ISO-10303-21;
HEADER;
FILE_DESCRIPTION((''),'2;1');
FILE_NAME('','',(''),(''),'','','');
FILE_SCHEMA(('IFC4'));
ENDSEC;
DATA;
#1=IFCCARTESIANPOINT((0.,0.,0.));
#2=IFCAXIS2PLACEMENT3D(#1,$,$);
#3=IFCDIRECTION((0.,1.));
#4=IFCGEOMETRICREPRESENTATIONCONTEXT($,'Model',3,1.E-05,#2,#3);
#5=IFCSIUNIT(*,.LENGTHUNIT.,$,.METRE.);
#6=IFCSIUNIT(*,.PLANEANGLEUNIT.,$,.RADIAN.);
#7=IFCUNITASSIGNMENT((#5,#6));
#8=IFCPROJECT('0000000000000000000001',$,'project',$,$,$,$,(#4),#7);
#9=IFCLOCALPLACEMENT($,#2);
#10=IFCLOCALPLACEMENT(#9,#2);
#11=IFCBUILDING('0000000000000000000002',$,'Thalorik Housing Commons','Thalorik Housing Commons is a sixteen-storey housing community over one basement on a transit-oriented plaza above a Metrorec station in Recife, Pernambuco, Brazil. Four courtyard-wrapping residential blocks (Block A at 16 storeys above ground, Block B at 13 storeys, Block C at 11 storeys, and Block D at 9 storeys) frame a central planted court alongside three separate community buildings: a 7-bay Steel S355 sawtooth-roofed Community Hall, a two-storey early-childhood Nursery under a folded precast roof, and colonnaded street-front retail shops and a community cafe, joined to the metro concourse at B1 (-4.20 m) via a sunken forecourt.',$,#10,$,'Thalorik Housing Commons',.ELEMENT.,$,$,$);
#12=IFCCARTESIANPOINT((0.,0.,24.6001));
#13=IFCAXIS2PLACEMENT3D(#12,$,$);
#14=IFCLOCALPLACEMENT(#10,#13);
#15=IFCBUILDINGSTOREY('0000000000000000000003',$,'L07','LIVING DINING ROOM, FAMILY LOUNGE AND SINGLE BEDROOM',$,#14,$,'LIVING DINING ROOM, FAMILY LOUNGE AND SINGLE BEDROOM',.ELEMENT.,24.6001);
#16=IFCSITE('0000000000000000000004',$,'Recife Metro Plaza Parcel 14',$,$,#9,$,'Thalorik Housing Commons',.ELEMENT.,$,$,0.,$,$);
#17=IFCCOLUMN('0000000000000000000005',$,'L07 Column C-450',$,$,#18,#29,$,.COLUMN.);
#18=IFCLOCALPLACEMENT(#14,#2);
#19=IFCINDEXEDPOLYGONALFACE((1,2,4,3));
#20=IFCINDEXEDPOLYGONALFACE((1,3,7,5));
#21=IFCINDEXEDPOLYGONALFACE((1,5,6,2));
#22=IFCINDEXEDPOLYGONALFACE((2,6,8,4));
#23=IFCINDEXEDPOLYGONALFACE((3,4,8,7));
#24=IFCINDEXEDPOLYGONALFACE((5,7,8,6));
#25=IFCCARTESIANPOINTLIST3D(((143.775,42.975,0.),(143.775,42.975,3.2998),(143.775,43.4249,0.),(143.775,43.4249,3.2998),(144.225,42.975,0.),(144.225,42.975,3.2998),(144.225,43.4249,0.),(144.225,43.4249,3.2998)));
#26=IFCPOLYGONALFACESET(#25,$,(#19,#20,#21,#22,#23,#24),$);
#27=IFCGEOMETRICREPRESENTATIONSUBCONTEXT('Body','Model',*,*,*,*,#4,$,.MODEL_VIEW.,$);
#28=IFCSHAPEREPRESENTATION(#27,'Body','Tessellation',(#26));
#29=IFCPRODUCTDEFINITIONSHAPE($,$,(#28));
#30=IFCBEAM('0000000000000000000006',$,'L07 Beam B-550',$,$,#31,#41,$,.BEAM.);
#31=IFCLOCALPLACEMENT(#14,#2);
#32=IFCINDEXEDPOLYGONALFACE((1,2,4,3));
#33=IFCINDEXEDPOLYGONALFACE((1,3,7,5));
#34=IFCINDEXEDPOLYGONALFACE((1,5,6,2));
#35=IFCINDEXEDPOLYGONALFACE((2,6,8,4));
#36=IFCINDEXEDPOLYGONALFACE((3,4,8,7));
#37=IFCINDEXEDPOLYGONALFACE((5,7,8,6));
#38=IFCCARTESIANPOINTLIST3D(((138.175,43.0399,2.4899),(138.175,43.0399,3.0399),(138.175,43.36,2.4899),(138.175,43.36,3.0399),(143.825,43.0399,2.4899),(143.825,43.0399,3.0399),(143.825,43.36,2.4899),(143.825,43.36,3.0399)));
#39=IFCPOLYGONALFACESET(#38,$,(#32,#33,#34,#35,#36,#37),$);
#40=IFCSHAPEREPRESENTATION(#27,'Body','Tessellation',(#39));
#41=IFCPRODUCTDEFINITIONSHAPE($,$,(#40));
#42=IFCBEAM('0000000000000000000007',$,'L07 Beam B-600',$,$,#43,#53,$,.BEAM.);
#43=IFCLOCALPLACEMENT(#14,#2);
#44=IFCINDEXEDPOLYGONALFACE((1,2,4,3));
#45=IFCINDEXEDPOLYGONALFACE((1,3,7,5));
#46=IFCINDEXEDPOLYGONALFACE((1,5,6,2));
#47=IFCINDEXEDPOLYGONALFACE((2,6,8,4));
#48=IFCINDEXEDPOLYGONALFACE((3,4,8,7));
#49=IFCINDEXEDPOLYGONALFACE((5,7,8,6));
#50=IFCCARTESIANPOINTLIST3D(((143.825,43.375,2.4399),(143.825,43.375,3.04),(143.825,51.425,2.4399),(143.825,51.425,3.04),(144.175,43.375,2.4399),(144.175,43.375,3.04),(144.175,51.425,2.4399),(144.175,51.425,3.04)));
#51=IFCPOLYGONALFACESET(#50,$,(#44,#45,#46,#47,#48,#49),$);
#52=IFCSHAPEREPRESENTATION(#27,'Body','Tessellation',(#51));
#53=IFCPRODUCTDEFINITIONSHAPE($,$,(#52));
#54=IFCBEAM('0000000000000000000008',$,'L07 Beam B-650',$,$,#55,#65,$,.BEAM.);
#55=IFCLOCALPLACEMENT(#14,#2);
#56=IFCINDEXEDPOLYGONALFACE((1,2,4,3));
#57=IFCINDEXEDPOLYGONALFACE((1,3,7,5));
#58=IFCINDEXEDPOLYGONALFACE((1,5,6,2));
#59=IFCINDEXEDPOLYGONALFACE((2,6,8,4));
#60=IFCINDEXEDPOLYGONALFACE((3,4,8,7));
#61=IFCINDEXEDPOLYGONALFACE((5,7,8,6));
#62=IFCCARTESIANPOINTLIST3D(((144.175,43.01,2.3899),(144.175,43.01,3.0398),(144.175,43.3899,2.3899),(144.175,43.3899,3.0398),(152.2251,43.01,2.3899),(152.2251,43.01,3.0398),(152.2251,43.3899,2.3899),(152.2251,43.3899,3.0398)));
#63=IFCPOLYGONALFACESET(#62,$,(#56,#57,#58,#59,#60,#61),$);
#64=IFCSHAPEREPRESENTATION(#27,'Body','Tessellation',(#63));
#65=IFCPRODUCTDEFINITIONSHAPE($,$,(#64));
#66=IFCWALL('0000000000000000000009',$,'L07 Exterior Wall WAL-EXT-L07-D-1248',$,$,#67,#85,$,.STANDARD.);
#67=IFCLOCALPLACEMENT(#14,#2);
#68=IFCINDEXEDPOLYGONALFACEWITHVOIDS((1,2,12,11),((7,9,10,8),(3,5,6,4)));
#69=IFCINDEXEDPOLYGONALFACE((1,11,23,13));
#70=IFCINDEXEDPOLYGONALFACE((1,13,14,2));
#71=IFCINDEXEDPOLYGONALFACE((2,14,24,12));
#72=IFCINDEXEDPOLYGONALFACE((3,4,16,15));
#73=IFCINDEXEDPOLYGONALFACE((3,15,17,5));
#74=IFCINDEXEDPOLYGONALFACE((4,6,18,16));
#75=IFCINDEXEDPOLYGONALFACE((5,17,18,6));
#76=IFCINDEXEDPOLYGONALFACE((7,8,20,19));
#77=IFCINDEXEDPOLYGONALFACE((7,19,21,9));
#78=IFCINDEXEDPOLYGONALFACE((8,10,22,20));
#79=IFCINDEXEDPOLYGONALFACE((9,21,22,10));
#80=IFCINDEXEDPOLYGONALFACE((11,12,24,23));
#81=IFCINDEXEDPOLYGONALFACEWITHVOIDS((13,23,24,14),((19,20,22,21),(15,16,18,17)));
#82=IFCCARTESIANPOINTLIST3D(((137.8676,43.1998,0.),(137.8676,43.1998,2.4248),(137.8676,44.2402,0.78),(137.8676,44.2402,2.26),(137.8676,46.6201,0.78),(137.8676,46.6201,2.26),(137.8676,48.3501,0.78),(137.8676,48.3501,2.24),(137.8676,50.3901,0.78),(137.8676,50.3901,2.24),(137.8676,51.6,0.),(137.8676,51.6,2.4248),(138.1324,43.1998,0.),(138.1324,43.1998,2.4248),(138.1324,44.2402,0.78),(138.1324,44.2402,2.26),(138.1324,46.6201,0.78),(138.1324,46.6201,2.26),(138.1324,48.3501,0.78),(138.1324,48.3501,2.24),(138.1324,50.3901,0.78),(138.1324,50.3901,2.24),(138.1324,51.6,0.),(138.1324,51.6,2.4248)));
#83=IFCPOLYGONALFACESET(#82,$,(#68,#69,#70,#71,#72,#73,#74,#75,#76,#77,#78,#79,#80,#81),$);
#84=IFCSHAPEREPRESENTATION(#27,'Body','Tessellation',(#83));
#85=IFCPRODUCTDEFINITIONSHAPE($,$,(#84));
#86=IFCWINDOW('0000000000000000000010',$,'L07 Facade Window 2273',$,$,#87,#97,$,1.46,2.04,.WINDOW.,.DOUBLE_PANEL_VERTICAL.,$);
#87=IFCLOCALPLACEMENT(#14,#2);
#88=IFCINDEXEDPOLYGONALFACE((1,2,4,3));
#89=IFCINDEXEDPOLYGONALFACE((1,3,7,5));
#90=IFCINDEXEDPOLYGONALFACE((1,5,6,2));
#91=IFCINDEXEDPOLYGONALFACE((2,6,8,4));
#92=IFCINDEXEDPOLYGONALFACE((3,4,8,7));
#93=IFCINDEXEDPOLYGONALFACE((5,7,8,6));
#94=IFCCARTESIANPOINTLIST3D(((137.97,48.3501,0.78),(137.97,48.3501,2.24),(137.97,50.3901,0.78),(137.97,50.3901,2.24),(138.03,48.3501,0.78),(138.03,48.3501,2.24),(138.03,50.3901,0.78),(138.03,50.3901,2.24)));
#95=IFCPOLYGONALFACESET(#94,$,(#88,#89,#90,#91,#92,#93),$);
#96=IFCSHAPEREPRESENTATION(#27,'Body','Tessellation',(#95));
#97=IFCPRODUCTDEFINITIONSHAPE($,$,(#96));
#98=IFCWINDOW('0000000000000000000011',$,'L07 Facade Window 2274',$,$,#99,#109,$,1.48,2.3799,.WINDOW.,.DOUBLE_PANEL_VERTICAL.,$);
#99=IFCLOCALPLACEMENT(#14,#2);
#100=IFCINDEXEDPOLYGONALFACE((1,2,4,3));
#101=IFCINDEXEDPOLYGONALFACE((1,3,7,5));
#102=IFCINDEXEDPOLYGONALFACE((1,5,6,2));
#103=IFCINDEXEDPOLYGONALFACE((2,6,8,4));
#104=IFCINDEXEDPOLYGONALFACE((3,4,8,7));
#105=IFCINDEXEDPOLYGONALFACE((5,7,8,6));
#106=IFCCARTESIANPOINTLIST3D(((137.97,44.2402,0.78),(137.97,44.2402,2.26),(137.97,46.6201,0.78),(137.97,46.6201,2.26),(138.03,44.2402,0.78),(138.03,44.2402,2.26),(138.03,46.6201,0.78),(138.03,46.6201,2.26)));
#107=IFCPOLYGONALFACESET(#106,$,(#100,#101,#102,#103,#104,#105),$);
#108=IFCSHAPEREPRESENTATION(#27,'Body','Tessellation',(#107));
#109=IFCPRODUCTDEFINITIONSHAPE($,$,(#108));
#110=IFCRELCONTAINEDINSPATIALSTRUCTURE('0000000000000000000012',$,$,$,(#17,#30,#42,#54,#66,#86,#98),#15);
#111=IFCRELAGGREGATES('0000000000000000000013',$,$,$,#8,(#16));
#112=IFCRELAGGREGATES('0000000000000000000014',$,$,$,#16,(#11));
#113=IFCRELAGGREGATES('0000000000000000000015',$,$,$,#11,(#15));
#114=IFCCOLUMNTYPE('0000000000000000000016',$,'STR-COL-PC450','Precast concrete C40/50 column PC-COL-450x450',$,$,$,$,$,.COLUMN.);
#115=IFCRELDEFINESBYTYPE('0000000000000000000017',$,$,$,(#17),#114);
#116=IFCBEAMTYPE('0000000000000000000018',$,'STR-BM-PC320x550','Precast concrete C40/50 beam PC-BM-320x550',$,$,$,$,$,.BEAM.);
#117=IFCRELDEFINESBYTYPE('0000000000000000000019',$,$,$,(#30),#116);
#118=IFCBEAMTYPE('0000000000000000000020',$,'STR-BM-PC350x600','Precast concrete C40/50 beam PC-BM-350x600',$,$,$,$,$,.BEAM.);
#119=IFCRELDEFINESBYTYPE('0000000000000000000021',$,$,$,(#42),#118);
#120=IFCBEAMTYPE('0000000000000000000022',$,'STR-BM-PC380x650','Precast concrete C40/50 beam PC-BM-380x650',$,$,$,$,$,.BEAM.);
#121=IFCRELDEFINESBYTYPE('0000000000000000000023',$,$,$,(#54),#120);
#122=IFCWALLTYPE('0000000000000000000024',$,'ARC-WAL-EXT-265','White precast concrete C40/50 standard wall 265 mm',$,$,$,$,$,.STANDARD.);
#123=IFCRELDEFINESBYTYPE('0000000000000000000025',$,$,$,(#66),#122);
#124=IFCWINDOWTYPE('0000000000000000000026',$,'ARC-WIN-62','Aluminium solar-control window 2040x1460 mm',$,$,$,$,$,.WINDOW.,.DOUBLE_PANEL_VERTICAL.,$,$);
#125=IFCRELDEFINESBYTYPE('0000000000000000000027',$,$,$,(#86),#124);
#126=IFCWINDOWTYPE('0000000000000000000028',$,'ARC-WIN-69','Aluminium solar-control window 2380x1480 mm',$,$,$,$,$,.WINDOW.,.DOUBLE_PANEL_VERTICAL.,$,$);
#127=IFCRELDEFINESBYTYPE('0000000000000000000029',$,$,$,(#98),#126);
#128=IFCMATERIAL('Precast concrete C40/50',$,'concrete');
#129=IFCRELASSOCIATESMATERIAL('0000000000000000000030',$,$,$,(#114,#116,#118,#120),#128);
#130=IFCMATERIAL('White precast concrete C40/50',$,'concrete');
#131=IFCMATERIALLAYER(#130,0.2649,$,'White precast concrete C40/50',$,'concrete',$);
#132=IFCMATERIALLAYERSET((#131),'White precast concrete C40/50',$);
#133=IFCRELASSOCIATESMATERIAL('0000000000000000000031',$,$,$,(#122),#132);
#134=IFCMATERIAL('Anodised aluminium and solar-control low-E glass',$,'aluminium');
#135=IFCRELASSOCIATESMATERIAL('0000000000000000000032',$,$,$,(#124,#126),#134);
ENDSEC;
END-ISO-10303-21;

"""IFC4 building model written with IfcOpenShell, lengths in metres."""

from ifc_helpers import new_model, si_unit, direction, frame, frame_2d, origin, origin_2d, place, context, subcontext, project, spatial, rectangle, extrude, material, layer, layer_set, material_profile, profile_set, type_object, element, fill, save


model = new_model("IFC4")

# Units and contexts
model_context = context("Model", 3, precision=1e-05, world=origin(), true_north=direction((0.0, 1.0)))
body_context = subcontext(model_context, "Body", "Model", "MODEL_VIEW")
ifc_project = project(units=[si_unit("LENGTHUNIT", "METRE"), si_unit("PLANEANGLEUNIT", "RADIAN")], contexts=[model_context])

# Site, building, storey
site_placement = place(None, origin())
site = spatial("IfcSite", under=ifc_project, at=site_placement, Name="Recife Metro Plaza Parcel 14", LongName="Thalorik Housing Commons", CompositionType="ELEMENT", RefElevation=0.0)
building_placement = place(site_placement, origin())
building = spatial("IfcBuilding", under=site, at=building_placement, Name="Thalorik Housing Commons", Description="Thalorik Housing Commons is a sixteen-storey housing community over one basement on a transit-oriented plaza above a Metrorec station in Recife, Pernambuco, Brazil. Four courtyard-wrapping residential blocks (Block A at 16 storeys above ground, Block B at 13 storeys, Block C at 11 storeys, and Block D at 9 storeys) frame a central planted court alongside three separate community buildings: a 7-bay Steel S355 sawtooth-roofed Community Hall, a two-storey early-childhood Nursery under a folded precast roof, and colonnaded street-front retail shops and a community cafe, joined to the metro concourse at B1 (-4.20 m) via a sunken forecourt.", LongName="Thalorik Housing Commons", CompositionType="ELEMENT")
storey_placement = place(building_placement, frame((0.0, 0.0, 24.6001)))
storey = spatial("IfcBuildingStorey", under=building, at=storey_placement, Name="L07", Description="LIVING DINING ROOM, FAMILY LOUNGE AND SINGLE BEDROOM", LongName="LIVING DINING ROOM, FAMILY LOUNGE AND SINGLE BEDROOM", CompositionType="ELEMENT", Elevation=24.6001)

# Column
ifc_material_1 = material(Name="Precast concrete C40/50", Category="concrete")
ifc_material_profile_1 = material_profile(ifc_material_1, rectangle(XDim=0.45, YDim=0.45, at=origin_2d()), Name="PC 450x450", Category="concrete")
ifc_profile_set_1 = profile_set([ifc_material_profile_1], Name="Precast concrete C40/50")
column_type = type_object("IfcColumnType", Name="STR-COL-PC450", Description="Precast concrete C40/50 column PC-COL-450x450", PredefinedType="COLUMN", material=ifc_profile_set_1)
column_placement = place(storey_placement, frame((144.0, 43.2, 0.0), z_axis=(0.0, 0.0, 1.0), x_axis=(1.0, 0.0, 0.0)))
element("IfcColumn", 1, at=column_placement, inside=storey, type_object=column_type, Name="L07 Column C-450", PredefinedType="COLUMN", context=body_context, shape_type="SweptSolid", body=[
    extrude(rectangle(XDim=0.45, YDim=0.45, at=origin_2d()), origin(), (0.0, 0.0, 1.0), 3.2998),
])

# Beams
ifc_material_profile_2 = material_profile(ifc_material_1, rectangle(XDim=0.3201, YDim=0.55, at=origin_2d()), Name="PC 320x550", Category="concrete")
ifc_profile_set_2 = profile_set([ifc_material_profile_2], Name="Precast concrete C40/50")
beam_type_1 = type_object("IfcBeamType", Name="STR-BM-PC320x550", Description="Precast concrete C40/50 beam PC-BM-320x550", PredefinedType="BEAM", material=ifc_profile_set_2)
beam_1_placement = place(storey_placement, frame((138.175, 43.2, 2.7649), z_axis=(1.0, 0.0, 0.0), x_axis=(0.0, 1.0, 0.0)))
element("IfcBeam", 2, at=beam_1_placement, inside=storey, type_object=beam_type_1, Name="L07 Beam B-550", PredefinedType="BEAM", context=body_context, shape_type="SweptSolid", body=[
    extrude(rectangle(XDim=0.3201, YDim=0.55, at=origin_2d()), origin(), (0.0, 0.0, 1.0), 5.6499),
])
ifc_material_profile_3 = material_profile(ifc_material_1, rectangle(XDim=0.3501, YDim=0.6001, at=origin_2d()), Name="PC 350x600", Category="concrete")
ifc_profile_set_3 = profile_set([ifc_material_profile_3], Name="Precast concrete C40/50")
beam_type_2 = type_object("IfcBeamType", Name="STR-BM-PC350x600", Description="Precast concrete C40/50 beam PC-BM-350x600", PredefinedType="BEAM", material=ifc_profile_set_3)
beam_2_placement = place(storey_placement, frame((144.0, 43.375, 2.74), z_axis=(0.0, 1.0, 0.0), x_axis=(-1.0, 0.0, 0.0)))
element("IfcBeam", 3, at=beam_2_placement, inside=storey, type_object=beam_type_2, Name="L07 Beam B-600", PredefinedType="BEAM", context=body_context, shape_type="SweptSolid", body=[
    extrude(rectangle(XDim=0.3501, YDim=0.6001, at=origin_2d()), origin(), (0.0, 0.0, 1.0), 8.05),
])
ifc_material_profile_4 = material_profile(ifc_material_1, rectangle(XDim=0.3799, YDim=0.6499, at=origin_2d()), Name="PC 380x650", Category="concrete")
ifc_profile_set_4 = profile_set([ifc_material_profile_4], Name="Precast concrete C40/50")
beam_type_3 = type_object("IfcBeamType", Name="STR-BM-PC380x650", Description="Precast concrete C40/50 beam PC-BM-380x650", PredefinedType="BEAM", material=ifc_profile_set_4)
beam_3_placement = place(storey_placement, frame((144.175, 43.2, 2.7148), z_axis=(1.0, 0.0, 0.0), x_axis=(0.0, 1.0, 0.0)))
element("IfcBeam", 4, at=beam_3_placement, inside=storey, type_object=beam_type_3, Name="L07 Beam B-650", PredefinedType="BEAM", context=body_context, shape_type="SweptSolid", body=[
    extrude(rectangle(XDim=0.3799, YDim=0.6499, at=origin_2d()), origin(), (0.0, 0.0, 1.0), 8.05),
])

# Wall, openings, windows
ifc_material_2 = material(Name="White precast concrete C40/50", Category="concrete")
ifc_layer_1 = layer(ifc_material_2, 0.2649, Name="White precast concrete C40/50", Category="concrete")
ifc_layer_set_1 = layer_set([ifc_layer_1], Name="White precast concrete C40/50")
wall_type_1 = type_object("IfcWallType", Name="ARC-WAL-EXT-265", Description="White precast concrete C40/50 standard wall 265 mm", PredefinedType="STANDARD", material=ifc_layer_set_1)
wall_1_placement = place(storey_placement, frame((138.0, 51.6001, 0.0), z_axis=(0.0, 0.0, 1.0), x_axis=(0.0, -1.0, 0.0)))
wall_1 = element("IfcWall", 5, at=wall_1_placement, inside=storey, type_object=wall_type_1, Name="L07 Exterior Wall WAL-EXT-L07-D-1248", PredefinedType="STANDARD", context=body_context, shape_type="SweptSolid", body=[
    extrude(rectangle(XDim=8.4001, YDim=0.2649, at=frame_2d((4.2002, 0.0))), origin(), (0.0, 0.0, 1.0), 2.4248),
])
opening_1_placement = place(wall_1_placement, frame((1.21, 0.0, 0.78)))
opening_1 = element("IfcOpeningElement", 6, at=opening_1_placement, cuts=wall_1, PredefinedType="OPENING", context=body_context, shape_type="SweptSolid", body=[
    extrude(rectangle(XDim=2.04, YDim=1.46, at=frame_2d((1.02, 0.73))), frame((0.0, 0.1426, 0.0), z_axis=(0.0, -1.0, 0.0), x_axis=(1.0, 0.0, 0.0)), (0.0, 0.0, 1.0), 0.2849),
])
opening_2_placement = place(wall_1_placement, frame((4.98, 0.0, 0.78)))
opening_2 = element("IfcOpeningElement", 7, at=opening_2_placement, cuts=wall_1, PredefinedType="OPENING", context=body_context, shape_type="SweptSolid", body=[
    extrude(rectangle(XDim=2.3799, YDim=1.48, at=frame_2d((1.1899, 0.74))), frame((0.0, 0.1426, 0.0), z_axis=(0.0, -1.0, 0.0), x_axis=(1.0, 0.0, 0.0)), (0.0, 0.0, 1.0), 0.2849),
])
ifc_material_3 = material(Name="Anodised aluminium and solar-control low-E glass", Category="aluminium")
window_type_1 = type_object("IfcWindowType", Name="ARC-WIN-62", Description="Aluminium solar-control window 2040x1460 mm", PartitioningType="DOUBLE_PANEL_VERTICAL", PredefinedType="WINDOW", material=ifc_material_3)
window_1_placement = place(opening_1_placement, origin())
window_1 = element("IfcWindow", 8, at=window_1_placement, inside=storey, type_object=window_type_1, Name="L07 Facade Window 2273", OverallHeight=1.46, OverallWidth=2.04, PartitioningType="DOUBLE_PANEL_VERTICAL", PredefinedType="WINDOW", context=body_context, shape_type="SweptSolid", body=[
    extrude(rectangle(XDim=2.04, YDim=1.46, at=frame_2d((1.02, 0.73))), frame((0.0, 0.03, 0.0), z_axis=(0.0, -1.0, 0.0), x_axis=(1.0, 0.0, 0.0)), (0.0, 0.0, 1.0), 0.0601),
])
fill(opening_1, window_1)
window_type_2 = type_object("IfcWindowType", Name="ARC-WIN-69", Description="Aluminium solar-control window 2380x1480 mm", PartitioningType="DOUBLE_PANEL_VERTICAL", PredefinedType="WINDOW", material=ifc_material_3)
window_2_placement = place(opening_2_placement, origin())
window_2 = element("IfcWindow", 9, at=window_2_placement, inside=storey, type_object=window_type_2, Name="L07 Facade Window 2274", OverallHeight=1.48, OverallWidth=2.3799, PartitioningType="DOUBLE_PANEL_VERTICAL", PredefinedType="WINDOW", context=body_context, shape_type="SweptSolid", body=[
    extrude(rectangle(XDim=2.3799, YDim=1.48, at=frame_2d((1.1899, 0.74))), frame((0.0, 0.03, 0.0), z_axis=(0.0, -1.0, 0.0), x_axis=(1.0, 0.0, 0.0)), (0.0, 0.0, 1.0), 0.0601),
])
fill(opening_2, window_2)

save(model, "model.ifc")
